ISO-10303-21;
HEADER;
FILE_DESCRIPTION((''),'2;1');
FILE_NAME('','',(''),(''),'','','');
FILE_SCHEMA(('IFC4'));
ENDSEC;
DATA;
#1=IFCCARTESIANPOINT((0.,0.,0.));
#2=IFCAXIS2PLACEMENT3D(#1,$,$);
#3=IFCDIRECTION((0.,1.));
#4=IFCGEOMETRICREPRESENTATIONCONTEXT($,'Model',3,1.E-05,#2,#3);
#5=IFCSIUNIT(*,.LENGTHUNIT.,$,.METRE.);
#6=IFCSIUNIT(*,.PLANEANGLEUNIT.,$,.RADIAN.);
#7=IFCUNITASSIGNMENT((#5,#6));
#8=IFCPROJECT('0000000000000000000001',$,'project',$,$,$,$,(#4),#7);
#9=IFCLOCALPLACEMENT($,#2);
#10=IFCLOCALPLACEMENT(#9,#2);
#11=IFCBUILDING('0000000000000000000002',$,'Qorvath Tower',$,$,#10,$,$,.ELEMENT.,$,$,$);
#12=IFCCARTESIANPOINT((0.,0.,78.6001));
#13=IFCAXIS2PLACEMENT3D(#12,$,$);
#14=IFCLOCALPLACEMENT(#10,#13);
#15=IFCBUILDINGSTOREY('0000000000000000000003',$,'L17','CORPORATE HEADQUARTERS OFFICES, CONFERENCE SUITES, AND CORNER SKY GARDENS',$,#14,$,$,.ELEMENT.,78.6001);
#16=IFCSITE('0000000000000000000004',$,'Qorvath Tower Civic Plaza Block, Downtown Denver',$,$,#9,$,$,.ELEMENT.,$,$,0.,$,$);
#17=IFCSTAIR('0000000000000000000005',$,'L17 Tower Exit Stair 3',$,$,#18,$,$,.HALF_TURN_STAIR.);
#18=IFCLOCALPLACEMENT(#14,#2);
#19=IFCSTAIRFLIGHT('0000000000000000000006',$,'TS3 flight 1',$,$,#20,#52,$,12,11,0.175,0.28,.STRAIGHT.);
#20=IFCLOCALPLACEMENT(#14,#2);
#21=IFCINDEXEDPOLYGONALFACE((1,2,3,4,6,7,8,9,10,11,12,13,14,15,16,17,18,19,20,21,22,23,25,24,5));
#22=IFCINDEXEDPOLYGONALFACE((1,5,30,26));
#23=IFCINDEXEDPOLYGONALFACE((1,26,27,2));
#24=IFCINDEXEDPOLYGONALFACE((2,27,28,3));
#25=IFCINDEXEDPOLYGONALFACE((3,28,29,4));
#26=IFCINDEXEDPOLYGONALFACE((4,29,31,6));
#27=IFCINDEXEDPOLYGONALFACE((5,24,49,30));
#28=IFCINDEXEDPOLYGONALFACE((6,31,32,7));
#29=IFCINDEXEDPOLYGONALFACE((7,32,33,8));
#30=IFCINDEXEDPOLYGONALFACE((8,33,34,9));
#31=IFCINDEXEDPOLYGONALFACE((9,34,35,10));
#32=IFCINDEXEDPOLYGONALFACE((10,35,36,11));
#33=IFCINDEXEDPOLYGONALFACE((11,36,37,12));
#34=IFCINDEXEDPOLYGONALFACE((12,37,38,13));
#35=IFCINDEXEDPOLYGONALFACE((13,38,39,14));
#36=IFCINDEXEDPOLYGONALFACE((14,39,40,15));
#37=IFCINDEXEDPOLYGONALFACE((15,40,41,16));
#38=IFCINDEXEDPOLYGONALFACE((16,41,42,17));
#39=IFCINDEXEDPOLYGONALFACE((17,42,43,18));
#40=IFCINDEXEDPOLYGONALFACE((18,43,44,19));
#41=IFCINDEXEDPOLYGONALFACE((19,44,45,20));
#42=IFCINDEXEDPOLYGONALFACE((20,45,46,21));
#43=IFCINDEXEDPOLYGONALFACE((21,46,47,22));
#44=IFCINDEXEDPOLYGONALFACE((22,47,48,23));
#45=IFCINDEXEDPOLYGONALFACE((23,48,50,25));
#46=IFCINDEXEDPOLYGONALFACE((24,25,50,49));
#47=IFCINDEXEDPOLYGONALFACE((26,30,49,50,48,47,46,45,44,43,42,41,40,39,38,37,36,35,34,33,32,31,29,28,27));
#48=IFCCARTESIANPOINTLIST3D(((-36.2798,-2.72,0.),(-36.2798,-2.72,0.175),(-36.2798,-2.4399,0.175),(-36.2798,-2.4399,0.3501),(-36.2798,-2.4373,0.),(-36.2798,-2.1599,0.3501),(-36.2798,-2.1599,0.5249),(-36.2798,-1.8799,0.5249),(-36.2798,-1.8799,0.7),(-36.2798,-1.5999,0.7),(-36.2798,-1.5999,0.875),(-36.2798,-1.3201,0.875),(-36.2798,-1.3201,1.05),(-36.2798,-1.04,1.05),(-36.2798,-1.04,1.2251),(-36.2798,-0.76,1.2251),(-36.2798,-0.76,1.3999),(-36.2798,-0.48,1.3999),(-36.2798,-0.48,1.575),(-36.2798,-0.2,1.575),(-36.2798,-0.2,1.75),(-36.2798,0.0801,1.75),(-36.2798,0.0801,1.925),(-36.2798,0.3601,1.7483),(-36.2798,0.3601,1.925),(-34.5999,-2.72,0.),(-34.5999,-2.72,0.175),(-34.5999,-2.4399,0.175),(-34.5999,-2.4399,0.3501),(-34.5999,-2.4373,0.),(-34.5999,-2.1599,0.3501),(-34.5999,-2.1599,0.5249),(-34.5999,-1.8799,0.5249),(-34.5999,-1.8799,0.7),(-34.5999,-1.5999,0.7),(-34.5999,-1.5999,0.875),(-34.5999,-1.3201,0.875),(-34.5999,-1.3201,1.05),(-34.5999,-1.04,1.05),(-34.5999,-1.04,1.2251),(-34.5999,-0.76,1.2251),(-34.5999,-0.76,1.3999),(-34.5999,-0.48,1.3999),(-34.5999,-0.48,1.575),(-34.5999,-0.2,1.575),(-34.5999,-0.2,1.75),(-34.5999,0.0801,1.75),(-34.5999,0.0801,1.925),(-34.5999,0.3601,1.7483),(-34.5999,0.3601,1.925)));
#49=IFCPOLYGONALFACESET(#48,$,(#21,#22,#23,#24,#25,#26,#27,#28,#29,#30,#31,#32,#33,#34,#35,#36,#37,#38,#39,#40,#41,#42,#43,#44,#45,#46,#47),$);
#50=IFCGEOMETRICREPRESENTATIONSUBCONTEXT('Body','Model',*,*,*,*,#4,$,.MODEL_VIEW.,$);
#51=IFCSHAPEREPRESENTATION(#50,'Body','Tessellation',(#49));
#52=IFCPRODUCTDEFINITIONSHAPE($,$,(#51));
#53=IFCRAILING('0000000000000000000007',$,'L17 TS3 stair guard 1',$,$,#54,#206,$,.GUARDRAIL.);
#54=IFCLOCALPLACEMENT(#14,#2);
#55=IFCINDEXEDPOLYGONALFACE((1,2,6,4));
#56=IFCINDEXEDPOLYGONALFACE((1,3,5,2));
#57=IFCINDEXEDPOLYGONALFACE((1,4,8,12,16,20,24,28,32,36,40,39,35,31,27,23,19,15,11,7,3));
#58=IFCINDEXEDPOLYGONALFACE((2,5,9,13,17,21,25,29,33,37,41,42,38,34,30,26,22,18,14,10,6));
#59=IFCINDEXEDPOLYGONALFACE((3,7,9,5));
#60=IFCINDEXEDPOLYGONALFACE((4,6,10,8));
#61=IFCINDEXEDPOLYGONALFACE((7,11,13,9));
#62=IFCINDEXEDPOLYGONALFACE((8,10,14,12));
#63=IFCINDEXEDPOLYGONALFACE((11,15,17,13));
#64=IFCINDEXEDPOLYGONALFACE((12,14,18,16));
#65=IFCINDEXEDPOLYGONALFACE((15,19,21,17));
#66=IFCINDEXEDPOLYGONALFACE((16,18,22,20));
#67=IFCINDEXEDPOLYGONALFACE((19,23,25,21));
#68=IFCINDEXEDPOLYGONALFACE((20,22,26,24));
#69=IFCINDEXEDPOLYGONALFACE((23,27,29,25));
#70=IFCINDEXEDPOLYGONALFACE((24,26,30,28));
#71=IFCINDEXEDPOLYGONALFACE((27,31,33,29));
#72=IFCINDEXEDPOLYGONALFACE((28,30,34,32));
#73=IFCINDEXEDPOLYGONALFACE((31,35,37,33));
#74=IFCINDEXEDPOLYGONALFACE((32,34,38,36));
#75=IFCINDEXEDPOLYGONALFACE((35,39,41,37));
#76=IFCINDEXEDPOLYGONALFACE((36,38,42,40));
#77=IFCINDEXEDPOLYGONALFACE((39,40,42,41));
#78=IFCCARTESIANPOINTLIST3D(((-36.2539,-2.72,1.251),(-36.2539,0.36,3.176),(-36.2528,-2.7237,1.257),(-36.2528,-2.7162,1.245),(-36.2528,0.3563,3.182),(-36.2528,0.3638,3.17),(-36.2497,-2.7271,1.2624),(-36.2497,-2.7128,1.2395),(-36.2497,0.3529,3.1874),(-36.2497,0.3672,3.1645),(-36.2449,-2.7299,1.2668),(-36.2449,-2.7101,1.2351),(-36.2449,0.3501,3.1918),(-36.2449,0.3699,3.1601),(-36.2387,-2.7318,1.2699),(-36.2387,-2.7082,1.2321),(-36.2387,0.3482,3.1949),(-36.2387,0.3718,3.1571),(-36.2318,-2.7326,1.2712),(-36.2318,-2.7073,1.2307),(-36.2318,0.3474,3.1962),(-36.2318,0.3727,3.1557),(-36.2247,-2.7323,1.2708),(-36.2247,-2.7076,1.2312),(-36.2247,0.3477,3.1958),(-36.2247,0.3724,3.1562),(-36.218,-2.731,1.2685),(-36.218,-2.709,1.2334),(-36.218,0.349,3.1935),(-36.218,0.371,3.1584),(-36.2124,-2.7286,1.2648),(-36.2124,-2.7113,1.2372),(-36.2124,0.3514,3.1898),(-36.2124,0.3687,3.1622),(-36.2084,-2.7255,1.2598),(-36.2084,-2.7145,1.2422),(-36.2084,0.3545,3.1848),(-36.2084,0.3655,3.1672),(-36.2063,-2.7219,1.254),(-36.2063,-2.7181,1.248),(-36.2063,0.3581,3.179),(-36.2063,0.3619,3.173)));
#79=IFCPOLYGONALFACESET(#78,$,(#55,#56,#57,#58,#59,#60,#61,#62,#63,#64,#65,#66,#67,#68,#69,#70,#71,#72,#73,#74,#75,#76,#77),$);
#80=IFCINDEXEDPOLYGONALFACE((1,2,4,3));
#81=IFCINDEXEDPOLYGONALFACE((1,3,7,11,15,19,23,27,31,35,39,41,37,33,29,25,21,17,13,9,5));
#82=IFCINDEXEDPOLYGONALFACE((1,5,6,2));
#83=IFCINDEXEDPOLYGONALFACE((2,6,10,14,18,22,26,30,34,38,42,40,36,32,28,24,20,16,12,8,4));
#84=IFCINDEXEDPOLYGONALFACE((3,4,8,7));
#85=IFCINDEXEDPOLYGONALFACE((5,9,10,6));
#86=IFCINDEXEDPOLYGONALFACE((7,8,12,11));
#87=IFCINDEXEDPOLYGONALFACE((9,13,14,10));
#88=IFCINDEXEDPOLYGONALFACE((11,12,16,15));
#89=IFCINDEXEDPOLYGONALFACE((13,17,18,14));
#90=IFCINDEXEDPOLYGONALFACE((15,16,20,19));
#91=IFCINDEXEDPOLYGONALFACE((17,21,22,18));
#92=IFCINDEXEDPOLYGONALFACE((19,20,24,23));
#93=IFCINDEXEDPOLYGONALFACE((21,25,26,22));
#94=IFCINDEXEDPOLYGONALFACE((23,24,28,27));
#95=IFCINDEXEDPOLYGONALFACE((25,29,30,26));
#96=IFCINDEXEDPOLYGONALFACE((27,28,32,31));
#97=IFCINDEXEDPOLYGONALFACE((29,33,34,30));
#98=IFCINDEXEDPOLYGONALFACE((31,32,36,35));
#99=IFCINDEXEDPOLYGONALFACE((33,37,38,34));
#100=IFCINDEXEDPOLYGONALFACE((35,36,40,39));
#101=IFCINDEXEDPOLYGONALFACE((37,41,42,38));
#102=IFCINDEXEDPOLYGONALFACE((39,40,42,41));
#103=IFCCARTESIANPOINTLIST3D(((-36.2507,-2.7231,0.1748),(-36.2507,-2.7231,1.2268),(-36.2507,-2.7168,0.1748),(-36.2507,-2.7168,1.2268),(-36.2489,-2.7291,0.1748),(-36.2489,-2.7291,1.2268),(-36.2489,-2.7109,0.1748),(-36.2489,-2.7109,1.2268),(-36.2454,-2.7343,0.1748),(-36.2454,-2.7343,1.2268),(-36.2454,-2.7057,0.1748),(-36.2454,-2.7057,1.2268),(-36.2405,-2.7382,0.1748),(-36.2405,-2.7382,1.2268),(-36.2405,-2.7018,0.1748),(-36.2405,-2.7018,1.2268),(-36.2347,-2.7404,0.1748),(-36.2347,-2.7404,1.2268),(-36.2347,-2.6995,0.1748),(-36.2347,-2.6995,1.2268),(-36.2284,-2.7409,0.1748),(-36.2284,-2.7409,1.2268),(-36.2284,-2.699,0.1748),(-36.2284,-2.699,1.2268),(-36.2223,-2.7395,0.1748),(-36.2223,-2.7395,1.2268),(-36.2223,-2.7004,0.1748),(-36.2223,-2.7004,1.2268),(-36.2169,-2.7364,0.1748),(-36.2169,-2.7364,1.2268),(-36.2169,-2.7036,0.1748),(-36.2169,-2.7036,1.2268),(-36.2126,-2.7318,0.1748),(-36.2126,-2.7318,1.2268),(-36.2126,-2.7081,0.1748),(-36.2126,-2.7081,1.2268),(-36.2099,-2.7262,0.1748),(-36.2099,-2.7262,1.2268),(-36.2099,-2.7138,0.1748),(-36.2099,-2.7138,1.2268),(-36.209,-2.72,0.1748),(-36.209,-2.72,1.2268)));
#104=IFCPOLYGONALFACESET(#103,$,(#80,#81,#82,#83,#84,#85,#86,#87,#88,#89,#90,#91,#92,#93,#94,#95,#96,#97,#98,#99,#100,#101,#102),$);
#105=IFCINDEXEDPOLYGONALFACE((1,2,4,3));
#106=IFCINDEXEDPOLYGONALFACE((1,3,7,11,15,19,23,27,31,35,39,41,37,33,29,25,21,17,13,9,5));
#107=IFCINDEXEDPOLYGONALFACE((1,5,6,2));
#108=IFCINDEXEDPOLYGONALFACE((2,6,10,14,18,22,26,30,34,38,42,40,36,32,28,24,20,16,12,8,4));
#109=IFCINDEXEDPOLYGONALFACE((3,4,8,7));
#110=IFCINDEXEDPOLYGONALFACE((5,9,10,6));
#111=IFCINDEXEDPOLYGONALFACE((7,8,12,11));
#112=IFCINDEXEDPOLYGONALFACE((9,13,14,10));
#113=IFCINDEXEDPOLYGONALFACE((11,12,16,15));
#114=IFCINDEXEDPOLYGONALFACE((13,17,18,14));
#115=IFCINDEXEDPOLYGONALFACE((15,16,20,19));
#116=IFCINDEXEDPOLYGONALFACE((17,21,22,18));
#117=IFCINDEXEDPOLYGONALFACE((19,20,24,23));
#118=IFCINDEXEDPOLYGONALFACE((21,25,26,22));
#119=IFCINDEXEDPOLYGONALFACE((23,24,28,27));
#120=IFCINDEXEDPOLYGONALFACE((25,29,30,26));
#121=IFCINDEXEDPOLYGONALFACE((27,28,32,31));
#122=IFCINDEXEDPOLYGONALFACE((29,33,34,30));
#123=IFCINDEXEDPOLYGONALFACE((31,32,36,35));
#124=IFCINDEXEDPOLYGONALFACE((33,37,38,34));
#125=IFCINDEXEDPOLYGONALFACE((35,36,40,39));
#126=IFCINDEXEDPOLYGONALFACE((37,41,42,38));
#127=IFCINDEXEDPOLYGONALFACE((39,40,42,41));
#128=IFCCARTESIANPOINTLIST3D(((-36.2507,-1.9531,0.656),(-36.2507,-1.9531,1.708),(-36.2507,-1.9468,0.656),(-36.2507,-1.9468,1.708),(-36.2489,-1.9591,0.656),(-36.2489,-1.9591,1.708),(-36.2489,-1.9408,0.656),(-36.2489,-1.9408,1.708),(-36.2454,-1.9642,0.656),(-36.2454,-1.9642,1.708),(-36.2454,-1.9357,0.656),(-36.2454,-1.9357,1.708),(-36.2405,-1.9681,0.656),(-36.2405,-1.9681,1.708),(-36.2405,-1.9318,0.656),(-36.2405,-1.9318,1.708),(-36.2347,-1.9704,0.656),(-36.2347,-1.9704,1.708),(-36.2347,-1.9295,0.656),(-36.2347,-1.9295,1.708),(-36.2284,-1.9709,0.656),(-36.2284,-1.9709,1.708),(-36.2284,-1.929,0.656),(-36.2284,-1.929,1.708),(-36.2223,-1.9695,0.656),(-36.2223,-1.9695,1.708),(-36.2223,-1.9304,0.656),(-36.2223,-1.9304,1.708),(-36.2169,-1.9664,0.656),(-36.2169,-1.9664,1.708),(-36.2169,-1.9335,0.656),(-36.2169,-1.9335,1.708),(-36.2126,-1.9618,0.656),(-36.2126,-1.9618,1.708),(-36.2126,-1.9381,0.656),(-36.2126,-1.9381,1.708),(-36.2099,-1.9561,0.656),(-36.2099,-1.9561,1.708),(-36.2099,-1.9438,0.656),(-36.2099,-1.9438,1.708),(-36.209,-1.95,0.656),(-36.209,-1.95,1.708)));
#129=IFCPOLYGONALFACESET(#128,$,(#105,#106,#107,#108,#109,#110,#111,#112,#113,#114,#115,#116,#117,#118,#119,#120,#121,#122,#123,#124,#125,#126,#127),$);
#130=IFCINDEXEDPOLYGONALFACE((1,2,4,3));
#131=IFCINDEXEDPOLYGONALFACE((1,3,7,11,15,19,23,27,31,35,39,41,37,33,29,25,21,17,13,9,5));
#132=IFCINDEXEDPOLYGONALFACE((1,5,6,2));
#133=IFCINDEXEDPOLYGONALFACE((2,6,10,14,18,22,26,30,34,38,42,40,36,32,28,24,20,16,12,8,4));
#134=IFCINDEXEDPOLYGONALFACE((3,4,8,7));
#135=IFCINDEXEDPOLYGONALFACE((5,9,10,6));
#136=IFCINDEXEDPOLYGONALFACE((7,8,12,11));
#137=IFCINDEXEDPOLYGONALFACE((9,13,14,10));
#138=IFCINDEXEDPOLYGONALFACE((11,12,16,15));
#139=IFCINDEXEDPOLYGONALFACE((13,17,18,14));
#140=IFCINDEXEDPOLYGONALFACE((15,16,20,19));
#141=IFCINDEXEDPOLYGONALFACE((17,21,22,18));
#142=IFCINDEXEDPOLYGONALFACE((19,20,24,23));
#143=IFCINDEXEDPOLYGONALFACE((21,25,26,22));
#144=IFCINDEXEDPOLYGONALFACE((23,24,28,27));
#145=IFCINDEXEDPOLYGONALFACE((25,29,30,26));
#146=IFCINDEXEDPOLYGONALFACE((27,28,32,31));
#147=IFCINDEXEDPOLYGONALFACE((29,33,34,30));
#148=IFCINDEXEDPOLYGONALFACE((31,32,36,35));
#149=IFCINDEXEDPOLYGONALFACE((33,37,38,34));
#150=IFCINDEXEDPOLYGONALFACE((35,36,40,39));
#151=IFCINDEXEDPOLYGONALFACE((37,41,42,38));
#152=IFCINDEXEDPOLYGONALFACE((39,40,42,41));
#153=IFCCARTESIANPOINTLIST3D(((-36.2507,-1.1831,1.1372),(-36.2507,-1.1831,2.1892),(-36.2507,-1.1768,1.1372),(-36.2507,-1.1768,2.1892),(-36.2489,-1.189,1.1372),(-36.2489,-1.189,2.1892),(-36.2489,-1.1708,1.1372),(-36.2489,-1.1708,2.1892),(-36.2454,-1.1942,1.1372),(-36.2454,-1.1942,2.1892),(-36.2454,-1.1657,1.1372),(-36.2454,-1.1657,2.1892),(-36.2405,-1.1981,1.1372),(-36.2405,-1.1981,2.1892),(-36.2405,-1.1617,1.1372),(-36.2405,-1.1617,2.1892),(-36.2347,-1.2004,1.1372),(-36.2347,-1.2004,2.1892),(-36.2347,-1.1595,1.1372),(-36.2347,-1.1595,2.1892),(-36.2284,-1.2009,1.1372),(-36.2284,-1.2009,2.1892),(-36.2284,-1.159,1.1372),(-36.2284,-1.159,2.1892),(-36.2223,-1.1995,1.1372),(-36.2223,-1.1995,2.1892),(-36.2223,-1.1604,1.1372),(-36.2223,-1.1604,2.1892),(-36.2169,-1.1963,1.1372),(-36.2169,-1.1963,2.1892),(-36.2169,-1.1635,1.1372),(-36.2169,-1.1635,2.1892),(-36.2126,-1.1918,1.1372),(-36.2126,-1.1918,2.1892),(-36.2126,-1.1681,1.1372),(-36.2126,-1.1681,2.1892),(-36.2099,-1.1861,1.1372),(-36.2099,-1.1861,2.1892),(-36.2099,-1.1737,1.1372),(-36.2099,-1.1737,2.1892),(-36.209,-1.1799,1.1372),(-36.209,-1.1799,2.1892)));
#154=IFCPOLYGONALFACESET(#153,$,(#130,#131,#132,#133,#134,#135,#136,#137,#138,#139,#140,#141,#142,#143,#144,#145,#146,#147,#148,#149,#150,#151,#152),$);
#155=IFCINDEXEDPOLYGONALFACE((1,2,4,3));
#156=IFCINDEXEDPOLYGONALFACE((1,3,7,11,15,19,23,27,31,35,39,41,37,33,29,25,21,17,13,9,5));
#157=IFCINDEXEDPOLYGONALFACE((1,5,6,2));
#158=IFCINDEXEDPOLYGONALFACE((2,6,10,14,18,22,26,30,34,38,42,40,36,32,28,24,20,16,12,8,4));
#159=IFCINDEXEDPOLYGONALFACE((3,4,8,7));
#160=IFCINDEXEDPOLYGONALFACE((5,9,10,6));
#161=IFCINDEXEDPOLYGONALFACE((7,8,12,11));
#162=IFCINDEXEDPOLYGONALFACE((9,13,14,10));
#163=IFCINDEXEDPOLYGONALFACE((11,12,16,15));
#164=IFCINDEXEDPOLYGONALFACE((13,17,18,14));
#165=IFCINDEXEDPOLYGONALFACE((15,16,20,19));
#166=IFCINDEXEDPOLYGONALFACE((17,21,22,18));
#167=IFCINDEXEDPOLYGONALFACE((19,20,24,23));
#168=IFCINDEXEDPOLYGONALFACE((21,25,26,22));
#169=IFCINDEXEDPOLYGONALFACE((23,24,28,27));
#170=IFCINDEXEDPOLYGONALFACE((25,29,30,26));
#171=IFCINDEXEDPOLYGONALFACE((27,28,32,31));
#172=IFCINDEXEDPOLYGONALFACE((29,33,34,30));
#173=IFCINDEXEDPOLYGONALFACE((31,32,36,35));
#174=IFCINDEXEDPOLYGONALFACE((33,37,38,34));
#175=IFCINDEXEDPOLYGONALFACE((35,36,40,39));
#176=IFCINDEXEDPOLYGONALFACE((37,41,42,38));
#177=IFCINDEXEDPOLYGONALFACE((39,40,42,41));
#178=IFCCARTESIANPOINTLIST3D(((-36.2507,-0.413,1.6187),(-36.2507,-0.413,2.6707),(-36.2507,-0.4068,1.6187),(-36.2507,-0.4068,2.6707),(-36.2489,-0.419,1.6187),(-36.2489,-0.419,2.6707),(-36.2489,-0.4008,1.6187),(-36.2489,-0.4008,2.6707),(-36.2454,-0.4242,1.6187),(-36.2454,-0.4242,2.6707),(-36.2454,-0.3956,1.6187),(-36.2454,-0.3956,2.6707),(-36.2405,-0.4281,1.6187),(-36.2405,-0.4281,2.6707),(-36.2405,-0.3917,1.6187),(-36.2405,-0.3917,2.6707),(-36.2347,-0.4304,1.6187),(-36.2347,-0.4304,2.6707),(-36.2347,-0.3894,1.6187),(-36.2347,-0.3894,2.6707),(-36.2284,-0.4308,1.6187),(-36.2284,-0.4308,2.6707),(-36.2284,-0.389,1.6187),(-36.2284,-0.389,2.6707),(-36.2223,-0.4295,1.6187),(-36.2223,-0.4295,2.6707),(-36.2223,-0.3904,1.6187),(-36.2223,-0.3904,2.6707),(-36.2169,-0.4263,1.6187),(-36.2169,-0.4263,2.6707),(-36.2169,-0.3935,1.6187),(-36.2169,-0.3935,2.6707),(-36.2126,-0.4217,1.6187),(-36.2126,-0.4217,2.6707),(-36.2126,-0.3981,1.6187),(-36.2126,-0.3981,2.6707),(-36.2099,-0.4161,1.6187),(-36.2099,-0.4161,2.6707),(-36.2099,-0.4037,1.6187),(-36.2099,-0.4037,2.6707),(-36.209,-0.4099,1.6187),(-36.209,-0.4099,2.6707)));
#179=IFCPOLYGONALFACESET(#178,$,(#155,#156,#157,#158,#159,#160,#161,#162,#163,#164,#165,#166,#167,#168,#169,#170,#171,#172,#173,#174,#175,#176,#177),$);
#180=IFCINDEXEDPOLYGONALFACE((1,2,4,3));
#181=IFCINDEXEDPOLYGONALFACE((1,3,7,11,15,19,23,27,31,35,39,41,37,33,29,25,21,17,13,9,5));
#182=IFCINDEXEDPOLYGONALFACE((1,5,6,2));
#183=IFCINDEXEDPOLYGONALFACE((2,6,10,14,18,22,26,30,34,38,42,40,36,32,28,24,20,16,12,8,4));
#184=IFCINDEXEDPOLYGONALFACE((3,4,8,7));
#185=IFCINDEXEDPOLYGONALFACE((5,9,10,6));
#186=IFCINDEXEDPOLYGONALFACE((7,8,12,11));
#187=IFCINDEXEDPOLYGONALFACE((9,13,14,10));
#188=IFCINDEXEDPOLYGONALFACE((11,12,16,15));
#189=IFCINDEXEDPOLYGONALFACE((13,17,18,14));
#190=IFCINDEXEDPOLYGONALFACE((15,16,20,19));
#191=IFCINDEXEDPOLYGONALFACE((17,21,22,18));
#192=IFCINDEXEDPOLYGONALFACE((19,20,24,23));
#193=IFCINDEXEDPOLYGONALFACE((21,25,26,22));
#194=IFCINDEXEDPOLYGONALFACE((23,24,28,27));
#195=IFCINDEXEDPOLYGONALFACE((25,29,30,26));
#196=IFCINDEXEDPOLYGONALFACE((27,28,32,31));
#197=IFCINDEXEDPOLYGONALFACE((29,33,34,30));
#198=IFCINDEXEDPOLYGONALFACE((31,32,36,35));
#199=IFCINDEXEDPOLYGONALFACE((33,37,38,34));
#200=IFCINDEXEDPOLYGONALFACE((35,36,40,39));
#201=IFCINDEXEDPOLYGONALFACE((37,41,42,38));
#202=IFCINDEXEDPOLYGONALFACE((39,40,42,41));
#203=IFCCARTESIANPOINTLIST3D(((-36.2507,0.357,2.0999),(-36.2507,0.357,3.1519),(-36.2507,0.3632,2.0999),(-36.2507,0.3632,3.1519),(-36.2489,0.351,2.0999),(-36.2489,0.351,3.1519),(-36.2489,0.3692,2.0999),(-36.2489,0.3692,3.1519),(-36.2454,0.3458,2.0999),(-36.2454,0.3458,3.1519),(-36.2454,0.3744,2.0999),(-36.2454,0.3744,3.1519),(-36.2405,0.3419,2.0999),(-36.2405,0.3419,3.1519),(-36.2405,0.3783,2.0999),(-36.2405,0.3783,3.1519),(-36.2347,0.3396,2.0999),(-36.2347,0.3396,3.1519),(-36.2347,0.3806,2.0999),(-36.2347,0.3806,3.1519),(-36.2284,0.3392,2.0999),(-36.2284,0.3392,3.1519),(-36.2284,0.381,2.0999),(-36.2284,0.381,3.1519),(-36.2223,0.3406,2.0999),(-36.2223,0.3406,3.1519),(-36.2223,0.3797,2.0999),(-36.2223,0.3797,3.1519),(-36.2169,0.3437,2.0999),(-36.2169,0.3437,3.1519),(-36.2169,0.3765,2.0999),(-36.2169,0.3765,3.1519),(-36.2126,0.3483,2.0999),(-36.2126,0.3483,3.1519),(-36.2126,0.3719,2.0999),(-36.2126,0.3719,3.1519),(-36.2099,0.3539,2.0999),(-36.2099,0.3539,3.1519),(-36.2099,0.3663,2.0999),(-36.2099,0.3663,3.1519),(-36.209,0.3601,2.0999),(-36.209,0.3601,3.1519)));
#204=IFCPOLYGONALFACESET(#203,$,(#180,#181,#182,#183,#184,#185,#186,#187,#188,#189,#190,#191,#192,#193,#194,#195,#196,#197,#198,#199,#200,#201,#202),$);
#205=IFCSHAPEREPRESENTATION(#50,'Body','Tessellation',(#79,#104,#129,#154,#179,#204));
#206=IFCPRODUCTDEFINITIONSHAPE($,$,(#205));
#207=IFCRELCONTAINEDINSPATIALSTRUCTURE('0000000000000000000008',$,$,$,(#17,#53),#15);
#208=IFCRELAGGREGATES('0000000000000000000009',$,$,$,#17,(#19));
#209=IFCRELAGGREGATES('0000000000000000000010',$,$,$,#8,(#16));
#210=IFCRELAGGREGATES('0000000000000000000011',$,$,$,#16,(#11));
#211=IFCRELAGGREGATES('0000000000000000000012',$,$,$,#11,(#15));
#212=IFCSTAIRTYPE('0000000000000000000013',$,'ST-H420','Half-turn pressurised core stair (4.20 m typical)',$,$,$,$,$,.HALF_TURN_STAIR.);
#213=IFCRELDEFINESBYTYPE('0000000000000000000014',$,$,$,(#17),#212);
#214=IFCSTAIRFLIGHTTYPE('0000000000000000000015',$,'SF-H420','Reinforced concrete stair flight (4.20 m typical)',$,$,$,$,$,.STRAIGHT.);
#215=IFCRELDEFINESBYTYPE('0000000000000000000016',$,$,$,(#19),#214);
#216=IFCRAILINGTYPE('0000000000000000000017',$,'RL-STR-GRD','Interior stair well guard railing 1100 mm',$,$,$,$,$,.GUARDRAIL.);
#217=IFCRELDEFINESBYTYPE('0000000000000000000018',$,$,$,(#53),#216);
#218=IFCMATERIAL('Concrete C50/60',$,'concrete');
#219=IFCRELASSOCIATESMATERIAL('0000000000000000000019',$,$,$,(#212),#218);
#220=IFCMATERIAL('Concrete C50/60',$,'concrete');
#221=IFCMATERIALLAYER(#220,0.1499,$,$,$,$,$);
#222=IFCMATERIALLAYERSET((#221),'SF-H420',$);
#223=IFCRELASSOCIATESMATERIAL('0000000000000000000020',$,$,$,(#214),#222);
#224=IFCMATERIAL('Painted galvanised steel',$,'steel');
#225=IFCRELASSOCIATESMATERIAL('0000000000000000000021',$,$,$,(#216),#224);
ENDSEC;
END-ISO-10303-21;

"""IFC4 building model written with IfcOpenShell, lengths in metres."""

from ifc_helpers import new_model, si_unit, direction, frame, origin, origin_2d, place, context, subcontext, project, spatial, polyline, circle, outline, extrude, material, layer, layer_set, type_object, element, aggregate, save


model = new_model("IFC4")

# Units and contexts
model_context = context("Model", 3, precision=1e-05, world=origin(), true_north=direction((0.0, 1.0)))
body_context = subcontext(model_context, "Body", "Model", "MODEL_VIEW")
ifc_project = project(units=[si_unit("LENGTHUNIT", "METRE"), si_unit("PLANEANGLEUNIT", "RADIAN")], contexts=[model_context])

# Site, building, storey
site_placement = place(None, origin())
site = spatial("IfcSite", under=ifc_project, at=site_placement, Name="Qorvath Tower Civic Plaza Block, Downtown Denver", CompositionType="ELEMENT", RefElevation=0.0)
building_placement = place(site_placement, origin())
building = spatial("IfcBuilding", under=site, at=building_placement, Name="Qorvath Tower", CompositionType="ELEMENT")
storey_placement = place(building_placement, frame((0.0, 0.0, 78.6001)))
storey = spatial("IfcBuildingStorey", under=building, at=storey_placement, Name="L17", Description="CORPORATE HEADQUARTERS OFFICES, CONFERENCE SUITES, AND CORNER SKY GARDENS", CompositionType="ELEMENT", Elevation=78.6001)

# Stair, stair flight
ifc_material_1 = material(Name="Concrete C50/60", Category="concrete")
stair_type = type_object("IfcStairType", Name="ST-H420", Description="Half-turn pressurised core stair (4.20 m typical)", PredefinedType="HALF_TURN_STAIR", material=ifc_material_1)
stair_placement = place(storey_placement, origin())
stair = element("IfcStair", 1, at=stair_placement, inside=storey, type_object=stair_type, Name="L17 Tower Exit Stair 3", PredefinedType="HALF_TURN_STAIR")
ifc_material_2 = material(Name="Concrete C50/60", Category="concrete")
ifc_layer_1 = layer(ifc_material_2, 0.1499)
ifc_layer_set_1 = layer_set([ifc_layer_1], Name="SF-H420")
stair_flight_type = type_object("IfcStairFlightType", Name="SF-H420", Description="Reinforced concrete stair flight (4.20 m typical)", PredefinedType="STRAIGHT", material=ifc_layer_set_1)
stair_flight_placement = place(storey_placement, frame((-35.4399, -2.72, 0.0), z_axis=(0.0, 0.0, 1.0), x_axis=(0.0, 1.0, 0.0)))
stair_flight = element("IfcStairFlight", 2, at=stair_flight_placement, type_object=stair_flight_type, Name="TS3 flight 1", NumberOfRisers=12, NumberOfTreads=11, PredefinedType="STRAIGHT", RiserHeight=0.175, TreadLength=0.28, context=body_context, shape_type="SweptSolid", body=[
    extrude(outline(polyline([(0.0, 0.0), (0.0, 0.175), (0.28, 0.175), (0.28, 0.3501), (0.5601, 0.3501), (0.5601, 0.5249), (0.8401, 0.5249), (0.8401, 0.7), (1.1201, 0.7), (1.1201, 0.875), (1.3999, 0.875), (1.3999, 1.05), (1.6799, 1.05), (1.6799, 1.2251), (1.96, 1.2251), (1.96, 1.3999), (2.24, 1.3999), (2.24, 1.575), (2.52, 1.575), (2.52, 1.75), (2.8, 1.75), (2.8, 1.925), (3.0801, 1.925), (3.0801, 2.1001), (3.0801, 1.7483), (0.2827, 0.0), (0.0, 0.0)])), frame((0.0, 0.8398, 0.0), z_axis=(0.0, -1.0, 0.0), x_axis=(1.0, 0.0, 0.0)), (0.0, 0.0, 1.0), 1.6799),
])
aggregate(stair, [stair_flight])

# Railing
ifc_material_3 = material(Name="Painted galvanised steel", Category="steel")
railing_type_1 = type_object("IfcRailingType", Name="RL-STR-GRD", Description="Interior stair well guard railing 1100 mm", PredefinedType="GUARDRAIL", material=ifc_material_3)
railing_1_placement = place(storey_placement, frame((-36.23, -2.72, 0.1748)))
element("IfcRailing", 3, at=railing_1_placement, inside=storey, type_object=railing_type_1, Name="L17 TS3 stair guard 1", PredefinedType="GUARDRAIL", context=body_context, shape_type="SweptSolid", body=[
    extrude(circle(Radius=0.0239, at=origin_2d()), frame((0.0, 0.0, 1.0762), z_axis=(0.0, 0.847998, 0.529999), x_axis=(-1.0, 0.0, 0.0)), (0.0, 0.0, 1.0), 3.6321),
    extrude(circle(Radius=0.021, at=origin_2d()), origin(), (0.0, 0.0, 1.0), 1.052),
    extrude(circle(Radius=0.021, at=origin_2d()), frame((0.0, 0.77, 0.4812)), (0.0, 0.0, 1.0), 1.052),
    extrude(circle(Radius=0.021, at=origin_2d()), frame((0.0, 1.54, 0.9624)), (0.0, 0.0, 1.0), 1.052),
    extrude(circle(Radius=0.021, at=origin_2d()), frame((0.0, 2.3101, 1.4438)), (0.0, 0.0, 1.0), 1.052),
    extrude(circle(Radius=0.021, at=origin_2d()), frame((0.0, 3.0801, 1.925)), (0.0, 0.0, 1.0), 1.052),
])

save(model, "model.ifc")
